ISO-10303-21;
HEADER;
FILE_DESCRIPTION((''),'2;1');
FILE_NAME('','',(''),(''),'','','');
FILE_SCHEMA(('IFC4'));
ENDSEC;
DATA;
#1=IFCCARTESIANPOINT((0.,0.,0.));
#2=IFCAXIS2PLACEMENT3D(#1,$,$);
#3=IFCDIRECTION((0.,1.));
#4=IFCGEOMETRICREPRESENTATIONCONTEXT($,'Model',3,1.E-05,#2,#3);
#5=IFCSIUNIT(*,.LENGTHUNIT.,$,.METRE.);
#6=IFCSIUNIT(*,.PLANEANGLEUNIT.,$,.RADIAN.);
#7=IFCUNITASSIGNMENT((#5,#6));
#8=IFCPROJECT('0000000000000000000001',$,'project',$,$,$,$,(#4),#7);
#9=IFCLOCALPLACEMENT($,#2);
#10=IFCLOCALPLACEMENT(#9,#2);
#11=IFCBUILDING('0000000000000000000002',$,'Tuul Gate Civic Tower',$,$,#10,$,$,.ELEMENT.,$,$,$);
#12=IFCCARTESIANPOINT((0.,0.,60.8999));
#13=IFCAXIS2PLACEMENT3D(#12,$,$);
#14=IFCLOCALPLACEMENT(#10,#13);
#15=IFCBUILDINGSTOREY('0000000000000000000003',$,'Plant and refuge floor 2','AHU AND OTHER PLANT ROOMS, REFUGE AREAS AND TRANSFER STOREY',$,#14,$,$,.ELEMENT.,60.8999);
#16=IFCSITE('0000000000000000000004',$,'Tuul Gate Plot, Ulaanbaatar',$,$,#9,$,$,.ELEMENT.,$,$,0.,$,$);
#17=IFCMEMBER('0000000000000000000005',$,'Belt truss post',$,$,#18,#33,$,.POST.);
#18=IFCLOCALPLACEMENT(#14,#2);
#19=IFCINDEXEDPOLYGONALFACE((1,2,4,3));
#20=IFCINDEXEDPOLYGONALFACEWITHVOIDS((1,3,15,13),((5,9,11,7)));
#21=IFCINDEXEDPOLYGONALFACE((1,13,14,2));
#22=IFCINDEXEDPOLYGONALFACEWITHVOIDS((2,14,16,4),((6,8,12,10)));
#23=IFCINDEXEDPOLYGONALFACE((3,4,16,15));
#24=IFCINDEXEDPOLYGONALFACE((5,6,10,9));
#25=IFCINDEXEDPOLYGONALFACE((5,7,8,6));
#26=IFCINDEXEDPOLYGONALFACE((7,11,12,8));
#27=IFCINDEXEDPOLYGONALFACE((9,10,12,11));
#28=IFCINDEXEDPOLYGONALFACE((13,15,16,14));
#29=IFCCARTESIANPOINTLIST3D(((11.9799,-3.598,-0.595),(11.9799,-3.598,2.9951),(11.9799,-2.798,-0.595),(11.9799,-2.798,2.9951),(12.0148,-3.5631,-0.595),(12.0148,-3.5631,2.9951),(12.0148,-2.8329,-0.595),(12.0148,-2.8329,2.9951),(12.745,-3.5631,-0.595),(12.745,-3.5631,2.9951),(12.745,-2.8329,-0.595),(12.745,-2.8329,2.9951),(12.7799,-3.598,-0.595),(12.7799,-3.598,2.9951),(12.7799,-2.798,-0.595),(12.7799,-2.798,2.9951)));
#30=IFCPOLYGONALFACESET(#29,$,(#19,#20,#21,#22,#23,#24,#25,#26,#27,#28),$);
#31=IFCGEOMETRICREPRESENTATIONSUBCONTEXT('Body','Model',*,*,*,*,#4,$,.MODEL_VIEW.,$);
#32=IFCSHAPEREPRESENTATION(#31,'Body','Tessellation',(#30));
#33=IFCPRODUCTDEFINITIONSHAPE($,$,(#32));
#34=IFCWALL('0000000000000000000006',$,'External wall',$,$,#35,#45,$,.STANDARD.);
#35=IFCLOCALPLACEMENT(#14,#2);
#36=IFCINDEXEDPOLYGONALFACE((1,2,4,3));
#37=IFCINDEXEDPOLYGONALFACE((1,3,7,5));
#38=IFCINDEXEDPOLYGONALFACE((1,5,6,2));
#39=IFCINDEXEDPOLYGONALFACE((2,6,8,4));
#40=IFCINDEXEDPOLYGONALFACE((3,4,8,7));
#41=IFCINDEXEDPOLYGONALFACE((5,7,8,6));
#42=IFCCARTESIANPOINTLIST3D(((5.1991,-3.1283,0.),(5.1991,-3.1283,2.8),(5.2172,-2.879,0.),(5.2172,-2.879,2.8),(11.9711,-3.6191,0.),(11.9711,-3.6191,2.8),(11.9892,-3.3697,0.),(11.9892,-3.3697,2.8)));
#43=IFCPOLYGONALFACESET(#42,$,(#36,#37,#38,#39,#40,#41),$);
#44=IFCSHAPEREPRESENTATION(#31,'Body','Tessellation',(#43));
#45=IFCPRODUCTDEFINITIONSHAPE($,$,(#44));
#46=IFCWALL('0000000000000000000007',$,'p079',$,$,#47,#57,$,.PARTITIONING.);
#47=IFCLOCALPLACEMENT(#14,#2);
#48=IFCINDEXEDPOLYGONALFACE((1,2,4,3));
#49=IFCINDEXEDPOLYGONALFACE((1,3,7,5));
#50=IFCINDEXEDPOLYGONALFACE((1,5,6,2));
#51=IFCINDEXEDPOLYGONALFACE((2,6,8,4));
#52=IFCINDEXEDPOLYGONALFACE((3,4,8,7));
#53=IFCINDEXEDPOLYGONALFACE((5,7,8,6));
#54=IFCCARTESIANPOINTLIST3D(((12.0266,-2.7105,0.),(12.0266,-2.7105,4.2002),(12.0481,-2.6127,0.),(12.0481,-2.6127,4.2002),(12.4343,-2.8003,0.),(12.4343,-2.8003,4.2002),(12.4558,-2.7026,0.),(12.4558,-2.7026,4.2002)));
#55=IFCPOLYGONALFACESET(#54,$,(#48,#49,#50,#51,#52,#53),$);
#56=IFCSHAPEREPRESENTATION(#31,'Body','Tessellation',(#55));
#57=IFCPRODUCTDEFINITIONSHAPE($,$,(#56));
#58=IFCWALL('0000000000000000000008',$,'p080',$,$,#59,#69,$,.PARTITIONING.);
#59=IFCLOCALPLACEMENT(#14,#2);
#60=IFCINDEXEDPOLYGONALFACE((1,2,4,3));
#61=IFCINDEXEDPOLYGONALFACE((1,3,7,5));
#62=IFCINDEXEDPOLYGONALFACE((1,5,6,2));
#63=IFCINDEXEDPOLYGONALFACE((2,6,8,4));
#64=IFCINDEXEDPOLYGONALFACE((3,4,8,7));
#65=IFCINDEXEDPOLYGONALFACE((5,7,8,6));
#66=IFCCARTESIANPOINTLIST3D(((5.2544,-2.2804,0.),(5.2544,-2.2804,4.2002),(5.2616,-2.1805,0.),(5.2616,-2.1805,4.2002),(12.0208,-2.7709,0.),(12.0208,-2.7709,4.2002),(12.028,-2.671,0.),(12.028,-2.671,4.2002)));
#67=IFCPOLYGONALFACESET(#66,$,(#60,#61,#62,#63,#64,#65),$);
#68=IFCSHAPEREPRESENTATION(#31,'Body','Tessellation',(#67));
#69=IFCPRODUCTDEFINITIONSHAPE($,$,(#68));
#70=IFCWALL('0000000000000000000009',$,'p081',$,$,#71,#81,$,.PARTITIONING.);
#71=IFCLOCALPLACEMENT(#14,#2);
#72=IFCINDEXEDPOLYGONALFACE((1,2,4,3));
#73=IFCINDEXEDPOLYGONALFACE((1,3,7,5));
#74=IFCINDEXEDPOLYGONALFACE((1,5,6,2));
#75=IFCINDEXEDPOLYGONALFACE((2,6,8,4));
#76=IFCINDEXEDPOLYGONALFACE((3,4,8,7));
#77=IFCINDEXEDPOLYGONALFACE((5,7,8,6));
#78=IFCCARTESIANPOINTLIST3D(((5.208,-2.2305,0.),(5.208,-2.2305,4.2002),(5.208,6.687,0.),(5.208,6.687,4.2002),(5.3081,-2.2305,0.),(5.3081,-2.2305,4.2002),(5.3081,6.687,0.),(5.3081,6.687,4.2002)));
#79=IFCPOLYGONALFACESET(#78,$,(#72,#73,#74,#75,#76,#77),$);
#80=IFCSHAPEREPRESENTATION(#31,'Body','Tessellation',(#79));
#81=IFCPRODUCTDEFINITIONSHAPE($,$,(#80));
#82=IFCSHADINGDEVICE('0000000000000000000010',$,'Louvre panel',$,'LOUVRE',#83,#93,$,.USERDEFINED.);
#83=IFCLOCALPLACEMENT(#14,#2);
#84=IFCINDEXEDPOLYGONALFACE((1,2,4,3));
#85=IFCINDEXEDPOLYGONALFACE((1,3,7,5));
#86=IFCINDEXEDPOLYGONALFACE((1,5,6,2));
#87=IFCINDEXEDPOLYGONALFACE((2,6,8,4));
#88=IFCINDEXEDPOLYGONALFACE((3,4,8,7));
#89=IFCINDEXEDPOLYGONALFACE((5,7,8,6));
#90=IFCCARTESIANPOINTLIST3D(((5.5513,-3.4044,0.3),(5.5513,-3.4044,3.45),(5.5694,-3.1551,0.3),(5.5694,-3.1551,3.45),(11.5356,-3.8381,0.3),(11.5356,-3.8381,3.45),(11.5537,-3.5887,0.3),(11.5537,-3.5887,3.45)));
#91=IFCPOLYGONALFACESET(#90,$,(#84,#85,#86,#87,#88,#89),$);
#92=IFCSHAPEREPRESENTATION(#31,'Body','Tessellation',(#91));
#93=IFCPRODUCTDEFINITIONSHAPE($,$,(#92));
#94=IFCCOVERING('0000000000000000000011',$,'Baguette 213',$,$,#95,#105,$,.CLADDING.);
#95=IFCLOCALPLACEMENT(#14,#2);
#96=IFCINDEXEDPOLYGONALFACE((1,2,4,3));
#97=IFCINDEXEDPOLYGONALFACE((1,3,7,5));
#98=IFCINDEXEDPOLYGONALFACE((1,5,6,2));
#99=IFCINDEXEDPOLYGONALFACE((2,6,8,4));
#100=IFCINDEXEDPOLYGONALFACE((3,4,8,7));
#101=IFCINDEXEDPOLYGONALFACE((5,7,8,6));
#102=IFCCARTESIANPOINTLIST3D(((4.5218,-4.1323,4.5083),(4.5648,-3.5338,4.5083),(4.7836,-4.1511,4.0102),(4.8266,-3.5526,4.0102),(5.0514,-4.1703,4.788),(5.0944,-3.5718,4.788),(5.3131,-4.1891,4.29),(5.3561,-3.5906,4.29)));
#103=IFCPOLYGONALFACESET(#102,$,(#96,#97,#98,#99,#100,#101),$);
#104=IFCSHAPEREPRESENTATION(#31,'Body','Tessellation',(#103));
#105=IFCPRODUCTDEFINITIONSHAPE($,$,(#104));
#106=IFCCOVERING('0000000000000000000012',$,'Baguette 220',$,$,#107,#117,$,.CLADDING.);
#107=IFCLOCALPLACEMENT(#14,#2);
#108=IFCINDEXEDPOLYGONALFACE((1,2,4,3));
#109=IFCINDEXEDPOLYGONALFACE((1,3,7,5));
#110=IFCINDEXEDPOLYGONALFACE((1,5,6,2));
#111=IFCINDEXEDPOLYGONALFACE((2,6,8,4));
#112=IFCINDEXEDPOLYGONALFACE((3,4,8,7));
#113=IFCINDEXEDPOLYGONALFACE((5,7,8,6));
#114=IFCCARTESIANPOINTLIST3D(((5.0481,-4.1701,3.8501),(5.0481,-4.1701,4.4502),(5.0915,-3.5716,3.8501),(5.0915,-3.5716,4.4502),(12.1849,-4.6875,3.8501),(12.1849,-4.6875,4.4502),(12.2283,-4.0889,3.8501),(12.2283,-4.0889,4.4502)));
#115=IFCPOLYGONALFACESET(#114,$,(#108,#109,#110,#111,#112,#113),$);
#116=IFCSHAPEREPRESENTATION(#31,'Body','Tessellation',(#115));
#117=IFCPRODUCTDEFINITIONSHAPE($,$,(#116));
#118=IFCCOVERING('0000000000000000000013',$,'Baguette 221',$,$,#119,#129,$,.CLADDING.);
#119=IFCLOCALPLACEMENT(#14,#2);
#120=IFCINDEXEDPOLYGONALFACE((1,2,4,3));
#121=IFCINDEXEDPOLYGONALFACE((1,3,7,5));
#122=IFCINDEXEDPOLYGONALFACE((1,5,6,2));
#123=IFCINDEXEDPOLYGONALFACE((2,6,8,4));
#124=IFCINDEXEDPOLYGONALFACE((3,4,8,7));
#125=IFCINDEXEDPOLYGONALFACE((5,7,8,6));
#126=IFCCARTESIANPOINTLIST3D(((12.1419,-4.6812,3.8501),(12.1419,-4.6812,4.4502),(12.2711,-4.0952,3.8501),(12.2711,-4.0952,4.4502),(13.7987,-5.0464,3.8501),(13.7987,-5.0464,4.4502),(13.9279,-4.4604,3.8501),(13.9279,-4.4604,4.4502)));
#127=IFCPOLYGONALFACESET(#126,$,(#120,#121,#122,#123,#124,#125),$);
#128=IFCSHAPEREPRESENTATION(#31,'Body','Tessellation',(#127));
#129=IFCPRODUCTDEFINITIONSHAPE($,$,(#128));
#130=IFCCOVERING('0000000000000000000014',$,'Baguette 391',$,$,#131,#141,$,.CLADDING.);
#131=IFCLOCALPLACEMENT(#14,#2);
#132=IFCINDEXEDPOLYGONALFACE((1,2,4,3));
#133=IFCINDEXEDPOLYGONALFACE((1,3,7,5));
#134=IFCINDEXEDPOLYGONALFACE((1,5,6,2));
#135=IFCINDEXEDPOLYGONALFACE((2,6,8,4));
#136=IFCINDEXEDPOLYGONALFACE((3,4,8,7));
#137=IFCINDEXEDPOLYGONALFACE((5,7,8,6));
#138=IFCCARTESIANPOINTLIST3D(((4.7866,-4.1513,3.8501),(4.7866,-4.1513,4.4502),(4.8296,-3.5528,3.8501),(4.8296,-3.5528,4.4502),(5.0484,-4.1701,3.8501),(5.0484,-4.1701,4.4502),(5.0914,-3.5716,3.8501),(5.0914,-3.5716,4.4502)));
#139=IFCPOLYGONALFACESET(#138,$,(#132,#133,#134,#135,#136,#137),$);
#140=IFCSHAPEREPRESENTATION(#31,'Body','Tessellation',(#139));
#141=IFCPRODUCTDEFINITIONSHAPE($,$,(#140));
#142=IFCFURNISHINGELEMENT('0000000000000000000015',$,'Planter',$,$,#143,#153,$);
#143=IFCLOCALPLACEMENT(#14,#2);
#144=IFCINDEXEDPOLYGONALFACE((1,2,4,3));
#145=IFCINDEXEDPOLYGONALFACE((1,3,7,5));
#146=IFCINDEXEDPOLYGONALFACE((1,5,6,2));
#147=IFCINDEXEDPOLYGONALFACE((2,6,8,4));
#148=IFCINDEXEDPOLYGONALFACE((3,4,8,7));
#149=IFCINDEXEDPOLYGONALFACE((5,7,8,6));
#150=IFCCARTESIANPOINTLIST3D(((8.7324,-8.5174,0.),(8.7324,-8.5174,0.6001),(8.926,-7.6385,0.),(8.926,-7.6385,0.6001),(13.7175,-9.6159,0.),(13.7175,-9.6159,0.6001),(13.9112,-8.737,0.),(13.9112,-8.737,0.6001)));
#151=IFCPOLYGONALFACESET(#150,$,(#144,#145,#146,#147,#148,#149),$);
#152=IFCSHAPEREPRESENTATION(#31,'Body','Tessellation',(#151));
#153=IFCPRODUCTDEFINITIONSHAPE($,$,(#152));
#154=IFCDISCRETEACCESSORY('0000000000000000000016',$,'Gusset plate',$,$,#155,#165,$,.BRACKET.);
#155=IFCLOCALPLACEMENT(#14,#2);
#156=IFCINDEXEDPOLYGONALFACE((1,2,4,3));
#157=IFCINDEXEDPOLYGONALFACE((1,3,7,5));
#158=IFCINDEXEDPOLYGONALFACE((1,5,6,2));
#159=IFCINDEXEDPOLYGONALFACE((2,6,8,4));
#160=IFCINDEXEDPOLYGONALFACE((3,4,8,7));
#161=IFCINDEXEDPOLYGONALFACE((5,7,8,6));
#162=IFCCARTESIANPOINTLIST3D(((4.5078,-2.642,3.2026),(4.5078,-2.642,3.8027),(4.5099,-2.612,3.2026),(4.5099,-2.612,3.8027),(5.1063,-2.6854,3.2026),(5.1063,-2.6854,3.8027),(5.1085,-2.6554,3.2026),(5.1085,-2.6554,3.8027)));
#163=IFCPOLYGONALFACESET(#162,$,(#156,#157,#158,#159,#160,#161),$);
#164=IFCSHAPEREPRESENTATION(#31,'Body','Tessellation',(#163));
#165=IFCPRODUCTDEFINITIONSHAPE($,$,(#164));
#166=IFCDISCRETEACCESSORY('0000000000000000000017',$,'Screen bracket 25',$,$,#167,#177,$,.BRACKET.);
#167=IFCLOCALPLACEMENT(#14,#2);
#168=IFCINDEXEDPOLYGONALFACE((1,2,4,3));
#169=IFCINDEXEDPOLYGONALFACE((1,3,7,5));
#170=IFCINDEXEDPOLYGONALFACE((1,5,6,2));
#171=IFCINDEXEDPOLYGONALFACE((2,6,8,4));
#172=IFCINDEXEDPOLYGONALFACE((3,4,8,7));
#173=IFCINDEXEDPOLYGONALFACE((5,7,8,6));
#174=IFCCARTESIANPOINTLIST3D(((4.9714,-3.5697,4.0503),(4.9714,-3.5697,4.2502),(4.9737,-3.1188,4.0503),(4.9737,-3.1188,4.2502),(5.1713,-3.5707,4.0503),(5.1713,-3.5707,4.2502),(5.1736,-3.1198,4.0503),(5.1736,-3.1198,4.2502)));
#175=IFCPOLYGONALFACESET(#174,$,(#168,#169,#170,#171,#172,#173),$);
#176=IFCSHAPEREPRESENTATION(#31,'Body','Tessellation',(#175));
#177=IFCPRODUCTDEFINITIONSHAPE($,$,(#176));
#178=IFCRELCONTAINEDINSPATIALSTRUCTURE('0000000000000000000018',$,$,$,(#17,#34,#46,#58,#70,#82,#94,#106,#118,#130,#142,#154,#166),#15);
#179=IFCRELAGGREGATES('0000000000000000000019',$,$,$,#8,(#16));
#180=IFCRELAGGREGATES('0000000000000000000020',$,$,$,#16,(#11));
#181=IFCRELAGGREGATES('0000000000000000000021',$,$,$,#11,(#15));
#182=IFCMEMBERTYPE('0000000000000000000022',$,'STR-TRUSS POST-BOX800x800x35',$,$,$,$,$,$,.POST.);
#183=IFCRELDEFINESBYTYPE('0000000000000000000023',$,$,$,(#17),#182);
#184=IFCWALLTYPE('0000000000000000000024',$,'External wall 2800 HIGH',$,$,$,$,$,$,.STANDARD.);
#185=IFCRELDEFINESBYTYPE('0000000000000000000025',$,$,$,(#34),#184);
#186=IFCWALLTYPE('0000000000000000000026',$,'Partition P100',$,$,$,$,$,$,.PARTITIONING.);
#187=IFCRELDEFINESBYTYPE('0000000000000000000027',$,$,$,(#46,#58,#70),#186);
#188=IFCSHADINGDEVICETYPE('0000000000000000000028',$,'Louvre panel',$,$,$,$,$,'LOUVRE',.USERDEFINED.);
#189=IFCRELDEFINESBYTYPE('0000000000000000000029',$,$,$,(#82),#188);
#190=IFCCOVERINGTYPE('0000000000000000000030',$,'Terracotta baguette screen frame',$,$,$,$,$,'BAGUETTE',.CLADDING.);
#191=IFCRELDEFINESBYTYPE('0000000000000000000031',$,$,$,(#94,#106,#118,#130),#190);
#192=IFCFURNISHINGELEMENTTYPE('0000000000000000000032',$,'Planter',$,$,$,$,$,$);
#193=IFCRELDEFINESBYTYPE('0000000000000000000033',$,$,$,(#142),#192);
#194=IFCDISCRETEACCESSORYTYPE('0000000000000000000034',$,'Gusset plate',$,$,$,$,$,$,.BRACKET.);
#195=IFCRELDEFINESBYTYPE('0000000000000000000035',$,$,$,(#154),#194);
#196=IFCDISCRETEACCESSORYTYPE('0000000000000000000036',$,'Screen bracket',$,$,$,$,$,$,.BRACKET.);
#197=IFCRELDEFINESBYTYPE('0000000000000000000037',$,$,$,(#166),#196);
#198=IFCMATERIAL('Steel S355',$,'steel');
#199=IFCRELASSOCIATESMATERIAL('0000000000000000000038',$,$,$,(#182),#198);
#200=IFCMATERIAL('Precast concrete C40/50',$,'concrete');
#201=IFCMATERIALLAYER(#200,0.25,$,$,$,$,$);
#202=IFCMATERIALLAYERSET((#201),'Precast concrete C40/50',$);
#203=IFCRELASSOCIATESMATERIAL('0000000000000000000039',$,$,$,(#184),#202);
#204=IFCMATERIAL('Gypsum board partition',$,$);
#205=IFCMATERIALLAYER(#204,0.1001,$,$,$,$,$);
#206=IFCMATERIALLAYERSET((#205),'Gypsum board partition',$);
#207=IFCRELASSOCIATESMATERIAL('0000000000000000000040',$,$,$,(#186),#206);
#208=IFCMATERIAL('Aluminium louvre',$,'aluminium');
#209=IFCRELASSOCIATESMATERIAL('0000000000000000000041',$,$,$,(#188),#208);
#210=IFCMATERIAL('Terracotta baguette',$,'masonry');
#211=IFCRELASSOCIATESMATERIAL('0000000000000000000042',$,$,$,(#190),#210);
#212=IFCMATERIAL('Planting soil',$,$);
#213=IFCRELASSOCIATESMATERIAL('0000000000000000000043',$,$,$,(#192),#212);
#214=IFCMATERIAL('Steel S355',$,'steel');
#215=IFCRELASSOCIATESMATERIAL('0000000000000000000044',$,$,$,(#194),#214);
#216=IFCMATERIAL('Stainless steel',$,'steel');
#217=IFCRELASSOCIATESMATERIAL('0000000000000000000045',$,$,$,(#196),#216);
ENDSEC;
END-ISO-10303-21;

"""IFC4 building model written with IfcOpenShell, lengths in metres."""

from ifc_helpers import new_model, si_unit, direction, frame, frame_2d, origin, origin_2d, place, context, subcontext, project, spatial, rectangle, hollow_rectangle, extrude, material, layer, layer_set, material_profile, profile_set, type_object, element, save


model = new_model("IFC4")

# Units and contexts
model_context = context("Model", 3, precision=1e-05, world=origin(), true_north=direction((0.0, 1.0)))
body_context = subcontext(model_context, "Body", "Model", "MODEL_VIEW")
ifc_project = project(units=[si_unit("LENGTHUNIT", "METRE"), si_unit("PLANEANGLEUNIT", "RADIAN")], contexts=[model_context])

# Site, building, storey
site_placement = place(None, origin())
site = spatial("IfcSite", under=ifc_project, at=site_placement, Name="Tuul Gate Plot, Ulaanbaatar", CompositionType="ELEMENT", RefElevation=0.0)
building_placement = place(site_placement, origin())
building = spatial("IfcBuilding", under=site, at=building_placement, Name="Tuul Gate Civic Tower", CompositionType="ELEMENT")
storey_placement = place(building_placement, frame((0.0, 0.0, 60.8999)))
storey = spatial("IfcBuildingStorey", under=building, at=storey_placement, Name="Plant and refuge floor 2", Description="AHU AND OTHER PLANT ROOMS, REFUGE AREAS AND TRANSFER STOREY", CompositionType="ELEMENT", Elevation=60.8999)

# Member
ifc_material_1 = material(Name="Steel S355", Category="steel")
ifc_material_profile_1 = material_profile(ifc_material_1, hollow_rectangle(XDim=0.8, YDim=0.8, WallThickness=0.0349, at=origin_2d()), Name="BOX800x800x35")
ifc_profile_set_1 = profile_set([ifc_material_profile_1], Name="Steel S355")
member_type_1 = type_object("IfcMemberType", Name="STR-TRUSS POST-BOX800x800x35", PredefinedType="POST", material=ifc_profile_set_1)
member_1_placement = place(storey_placement, frame((12.3799, -3.198, -0.595), z_axis=(0.0, 0.0, 1.0), x_axis=(1.0, 0.0, 0.0)))
element("IfcMember", 1, at=member_1_placement, inside=storey, type_object=member_type_1, Name="Belt truss post", PredefinedType="POST", context=body_context, shape_type="SweptSolid", body=[
    extrude(hollow_rectangle(XDim=0.8, YDim=0.8, WallThickness=0.0349, at=origin_2d()), origin(), (0.0, 0.0, 1.0), 3.5901),
])

# Walls
ifc_material_2 = material(Name="Precast concrete C40/50", Category="concrete")
ifc_layer_1 = layer(ifc_material_2, 0.25)
ifc_layer_set_1 = layer_set([ifc_layer_1], Name="Precast concrete C40/50")
wall_type_1 = type_object("IfcWallType", Name="External wall 2800 HIGH", PredefinedType="STANDARD", material=ifc_layer_set_1)
wall_1_placement = place(storey_placement, frame((5.208, -3.0037, 0.0), z_axis=(0.0, 0.0, 1.0), x_axis=(0.997385, -0.072274, 0.0)))
element("IfcWall", 2, at=wall_1_placement, inside=storey, type_object=wall_type_1, Name="External wall", PredefinedType="STANDARD", context=body_context, shape_type="SweptSolid", body=[
    extrude(rectangle(XDim=6.7898, YDim=0.25, at=frame_2d((3.395, 0.0))), origin(), (0.0, 0.0, 1.0), 2.8),
])
ifc_material_3 = material(Name="Gypsum board partition")
ifc_layer_2 = layer(ifc_material_3, 0.1001)
ifc_layer_set_2 = layer_set([ifc_layer_2], Name="Gypsum board partition")
wall_type_2 = type_object("IfcWallType", Name="Partition P100", PredefinedType="PARTITIONING", material=ifc_layer_set_2)
wall_2_placement = place(storey_placement, frame((12.4451, -2.7515, 0.0), z_axis=(0.0, 0.0, 1.0), x_axis=(-0.976571, 0.215196, 0.0)))
element("IfcWall", 3, at=wall_2_placement, inside=storey, type_object=wall_type_2, Name="p079", PredefinedType="PARTITIONING", context=body_context, shape_type="SweptSolid", body=[
    extrude(rectangle(XDim=0.4175, YDim=0.1001, at=frame_2d((0.2087, 0.0))), origin(), (0.0, 0.0, 1.0), 4.2002),
])
wall_3_placement = place(storey_placement, frame((12.0244, -2.7209, 0.0), z_axis=(0.0, 0.0, 1.0), x_axis=(-0.997383, 0.072298, 0.0)))
element("IfcWall", 4, at=wall_3_placement, inside=storey, type_object=wall_type_2, Name="p080", PredefinedType="PARTITIONING", context=body_context, shape_type="SweptSolid", body=[
    extrude(rectangle(XDim=6.7842, YDim=0.1001, at=frame_2d((3.3921, 0.0))), origin(), (0.0, 0.0, 1.0), 4.2002),
])
wall_4_placement = place(storey_placement, frame((5.2581, -2.2305, 0.0), z_axis=(0.0, 0.0, 1.0), x_axis=(0.0, 1.0, 0.0)))
element("IfcWall", 5, at=wall_4_placement, inside=storey, type_object=wall_type_2, Name="p081", PredefinedType="PARTITIONING", context=body_context, shape_type="SweptSolid", body=[
    extrude(rectangle(XDim=8.9175, YDim=0.1001, at=frame_2d((4.4587, 0.0))), origin(), (0.0, 0.0, 1.0), 4.2002),
])

# Shading device
ifc_material_4 = material(Name="Aluminium louvre", Category="aluminium")
shading_device_type = type_object("IfcShadingDeviceType", Name="Louvre panel", ElementType="LOUVRE", PredefinedType="USERDEFINED", material=ifc_material_4)
shading_device_placement = place(storey_placement, frame((8.5525, -3.4966, 0.3), z_axis=(0.0, 0.0, 1.0), x_axis=(-0.072276, -0.997385, 0.0)))
element("IfcShadingDevice", 6, at=shading_device_placement, inside=storey, type_object=shading_device_type, Name="Louvre panel", ObjectType="LOUVRE", PredefinedType="USERDEFINED", context=body_context, shape_type="SweptSolid", body=[
    extrude(rectangle(XDim=0.25, YDim=6.0, at=origin_2d()), origin(), (0.0, 0.0, 1.0), 3.1499),
])

# Coverings
ifc_material_5 = material(Name="Terracotta baguette", Category="masonry")
ifc_material_profile_2 = material_profile(ifc_material_5, rectangle(XDim=0.6001, YDim=0.6001, at=origin_2d()), Name="Terracotta baguette screen frame")
ifc_profile_set_2 = profile_set([ifc_material_profile_2], Name="Terracotta baguette")
covering_type = type_object("IfcCoveringType", Name="Terracotta baguette screen frame", ElementType="BAGUETTE", PredefinedType="CLADDING", material=ifc_profile_set_2)
covering_1_placement = place(storey_placement, frame((4.8081, -3.8521, 4.6482), z_axis=(0.464915, -0.033394, -0.884726), x_axis=(0.071644, 0.99743, 0.0)))
element("IfcCovering", 7, at=covering_1_placement, inside=storey, type_object=covering_type, Name="Baguette 213", PredefinedType="CLADDING", context=body_context, shape_type="SweptSolid", body=[
    extrude(rectangle(XDim=0.6001, YDim=0.6001, at=origin_2d()), origin(), (0.0, 0.0, 1.0), 0.563),
])
covering_2_placement = place(storey_placement, frame((5.0698, -3.8708, 4.1501), z_axis=(0.997383, -0.072299, 0.0), x_axis=(0.072299, 0.997383, 0.0)))
element("IfcCovering", 8, at=covering_2_placement, inside=storey, type_object=covering_type, Name="Baguette 220", PredefinedType="CLADDING", context=body_context, shape_type="SweptSolid", body=[
    extrude(rectangle(XDim=0.6001, YDim=0.6001, at=origin_2d()), origin(), (0.0, 0.0, 1.0), 7.1555),
])
covering_3_placement = place(storey_placement, frame((12.2065, -4.3882, 4.1501), z_axis=(0.976551, -0.215285, 0.0), x_axis=(0.215285, 0.976551, 0.0)))
element("IfcCovering", 9, at=covering_3_placement, inside=storey, type_object=covering_type, Name="Baguette 221", PredefinedType="CLADDING", context=body_context, shape_type="SweptSolid", body=[
    extrude(rectangle(XDim=0.6001, YDim=0.6001, at=origin_2d()), origin(), (0.0, 0.0, 1.0), 1.6965),
])
covering_4_placement = place(storey_placement, frame((4.8081, -3.8521, 4.1501), z_axis=(0.99743, -0.071644, 0.0), x_axis=(0.071644, 0.99743, 0.0)))
element("IfcCovering", 10, at=covering_4_placement, inside=storey, type_object=covering_type, Name="Baguette 391", PredefinedType="CLADDING", context=body_context, shape_type="SweptSolid", body=[
    extrude(rectangle(XDim=0.6001, YDim=0.6001, at=origin_2d()), origin(), (0.0, 0.0, 1.0), 0.2625),
])

# Furnishing element
ifc_material_6 = material(Name="Planting soil")
furnishing_element_type = type_object("IfcFurnishingElementType", Name="Planter", material=ifc_material_6)
furnishing_placement = place(storey_placement, frame((11.3218, -8.6272, 0.0), z_axis=(0.0, 0.0, 1.0), x_axis=(0.976571, -0.215195, 0.0)))
element("IfcFurnishingElement", 11, at=furnishing_placement, inside=storey, type_object=furnishing_element_type, Name="Planter", context=body_context, shape_type="SweptSolid", body=[
    extrude(rectangle(XDim=5.1047, YDim=0.8999, at=origin_2d()), origin(), (0.0, 0.0, 1.0), 0.6001),
])

# Discrete accessories
ifc_material_7 = material(Name="Steel S355", Category="steel")
discrete_accessory_type_1 = type_object("IfcDiscreteAccessoryType", Name="Gusset plate", PredefinedType="BRACKET", material=ifc_material_7)
discrete_accessory_1_placement = place(storey_placement, frame((4.8081, -2.6487, 3.2026), z_axis=(0.0, 0.0, 1.0), x_axis=(0.997382, -0.072314, 0.0)))
element("IfcDiscreteAccessory", 12, at=discrete_accessory_1_placement, inside=storey, type_object=discrete_accessory_type_1, Name="Gusset plate", PredefinedType="BRACKET", context=body_context, shape_type="SweptSolid", body=[
    extrude(rectangle(XDim=0.6001, YDim=0.03, at=origin_2d()), origin(), (0.0, 0.0, 1.0), 0.6001),
])
ifc_material_8 = material(Name="Stainless steel", Category="steel")
discrete_accessory_type_2 = type_object("IfcDiscreteAccessoryType", Name="Screen bracket", PredefinedType="BRACKET", material=ifc_material_8)
discrete_accessory_2_placement = place(storey_placement, frame((5.0725, -3.3447, 4.0503), z_axis=(0.0, 0.0, 1.0), x_axis=(-0.005103, -0.999987, 0.0)))
element("IfcDiscreteAccessory", 13, at=discrete_accessory_2_placement, inside=storey, type_object=discrete_accessory_type_2, Name="Screen bracket 25", PredefinedType="BRACKET", context=body_context, shape_type="SweptSolid", body=[
    extrude(rectangle(XDim=0.4509, YDim=0.2, at=origin_2d()), origin(), (0.0, 0.0, 1.0), 0.2),
])

save(model, "model.ifc")
